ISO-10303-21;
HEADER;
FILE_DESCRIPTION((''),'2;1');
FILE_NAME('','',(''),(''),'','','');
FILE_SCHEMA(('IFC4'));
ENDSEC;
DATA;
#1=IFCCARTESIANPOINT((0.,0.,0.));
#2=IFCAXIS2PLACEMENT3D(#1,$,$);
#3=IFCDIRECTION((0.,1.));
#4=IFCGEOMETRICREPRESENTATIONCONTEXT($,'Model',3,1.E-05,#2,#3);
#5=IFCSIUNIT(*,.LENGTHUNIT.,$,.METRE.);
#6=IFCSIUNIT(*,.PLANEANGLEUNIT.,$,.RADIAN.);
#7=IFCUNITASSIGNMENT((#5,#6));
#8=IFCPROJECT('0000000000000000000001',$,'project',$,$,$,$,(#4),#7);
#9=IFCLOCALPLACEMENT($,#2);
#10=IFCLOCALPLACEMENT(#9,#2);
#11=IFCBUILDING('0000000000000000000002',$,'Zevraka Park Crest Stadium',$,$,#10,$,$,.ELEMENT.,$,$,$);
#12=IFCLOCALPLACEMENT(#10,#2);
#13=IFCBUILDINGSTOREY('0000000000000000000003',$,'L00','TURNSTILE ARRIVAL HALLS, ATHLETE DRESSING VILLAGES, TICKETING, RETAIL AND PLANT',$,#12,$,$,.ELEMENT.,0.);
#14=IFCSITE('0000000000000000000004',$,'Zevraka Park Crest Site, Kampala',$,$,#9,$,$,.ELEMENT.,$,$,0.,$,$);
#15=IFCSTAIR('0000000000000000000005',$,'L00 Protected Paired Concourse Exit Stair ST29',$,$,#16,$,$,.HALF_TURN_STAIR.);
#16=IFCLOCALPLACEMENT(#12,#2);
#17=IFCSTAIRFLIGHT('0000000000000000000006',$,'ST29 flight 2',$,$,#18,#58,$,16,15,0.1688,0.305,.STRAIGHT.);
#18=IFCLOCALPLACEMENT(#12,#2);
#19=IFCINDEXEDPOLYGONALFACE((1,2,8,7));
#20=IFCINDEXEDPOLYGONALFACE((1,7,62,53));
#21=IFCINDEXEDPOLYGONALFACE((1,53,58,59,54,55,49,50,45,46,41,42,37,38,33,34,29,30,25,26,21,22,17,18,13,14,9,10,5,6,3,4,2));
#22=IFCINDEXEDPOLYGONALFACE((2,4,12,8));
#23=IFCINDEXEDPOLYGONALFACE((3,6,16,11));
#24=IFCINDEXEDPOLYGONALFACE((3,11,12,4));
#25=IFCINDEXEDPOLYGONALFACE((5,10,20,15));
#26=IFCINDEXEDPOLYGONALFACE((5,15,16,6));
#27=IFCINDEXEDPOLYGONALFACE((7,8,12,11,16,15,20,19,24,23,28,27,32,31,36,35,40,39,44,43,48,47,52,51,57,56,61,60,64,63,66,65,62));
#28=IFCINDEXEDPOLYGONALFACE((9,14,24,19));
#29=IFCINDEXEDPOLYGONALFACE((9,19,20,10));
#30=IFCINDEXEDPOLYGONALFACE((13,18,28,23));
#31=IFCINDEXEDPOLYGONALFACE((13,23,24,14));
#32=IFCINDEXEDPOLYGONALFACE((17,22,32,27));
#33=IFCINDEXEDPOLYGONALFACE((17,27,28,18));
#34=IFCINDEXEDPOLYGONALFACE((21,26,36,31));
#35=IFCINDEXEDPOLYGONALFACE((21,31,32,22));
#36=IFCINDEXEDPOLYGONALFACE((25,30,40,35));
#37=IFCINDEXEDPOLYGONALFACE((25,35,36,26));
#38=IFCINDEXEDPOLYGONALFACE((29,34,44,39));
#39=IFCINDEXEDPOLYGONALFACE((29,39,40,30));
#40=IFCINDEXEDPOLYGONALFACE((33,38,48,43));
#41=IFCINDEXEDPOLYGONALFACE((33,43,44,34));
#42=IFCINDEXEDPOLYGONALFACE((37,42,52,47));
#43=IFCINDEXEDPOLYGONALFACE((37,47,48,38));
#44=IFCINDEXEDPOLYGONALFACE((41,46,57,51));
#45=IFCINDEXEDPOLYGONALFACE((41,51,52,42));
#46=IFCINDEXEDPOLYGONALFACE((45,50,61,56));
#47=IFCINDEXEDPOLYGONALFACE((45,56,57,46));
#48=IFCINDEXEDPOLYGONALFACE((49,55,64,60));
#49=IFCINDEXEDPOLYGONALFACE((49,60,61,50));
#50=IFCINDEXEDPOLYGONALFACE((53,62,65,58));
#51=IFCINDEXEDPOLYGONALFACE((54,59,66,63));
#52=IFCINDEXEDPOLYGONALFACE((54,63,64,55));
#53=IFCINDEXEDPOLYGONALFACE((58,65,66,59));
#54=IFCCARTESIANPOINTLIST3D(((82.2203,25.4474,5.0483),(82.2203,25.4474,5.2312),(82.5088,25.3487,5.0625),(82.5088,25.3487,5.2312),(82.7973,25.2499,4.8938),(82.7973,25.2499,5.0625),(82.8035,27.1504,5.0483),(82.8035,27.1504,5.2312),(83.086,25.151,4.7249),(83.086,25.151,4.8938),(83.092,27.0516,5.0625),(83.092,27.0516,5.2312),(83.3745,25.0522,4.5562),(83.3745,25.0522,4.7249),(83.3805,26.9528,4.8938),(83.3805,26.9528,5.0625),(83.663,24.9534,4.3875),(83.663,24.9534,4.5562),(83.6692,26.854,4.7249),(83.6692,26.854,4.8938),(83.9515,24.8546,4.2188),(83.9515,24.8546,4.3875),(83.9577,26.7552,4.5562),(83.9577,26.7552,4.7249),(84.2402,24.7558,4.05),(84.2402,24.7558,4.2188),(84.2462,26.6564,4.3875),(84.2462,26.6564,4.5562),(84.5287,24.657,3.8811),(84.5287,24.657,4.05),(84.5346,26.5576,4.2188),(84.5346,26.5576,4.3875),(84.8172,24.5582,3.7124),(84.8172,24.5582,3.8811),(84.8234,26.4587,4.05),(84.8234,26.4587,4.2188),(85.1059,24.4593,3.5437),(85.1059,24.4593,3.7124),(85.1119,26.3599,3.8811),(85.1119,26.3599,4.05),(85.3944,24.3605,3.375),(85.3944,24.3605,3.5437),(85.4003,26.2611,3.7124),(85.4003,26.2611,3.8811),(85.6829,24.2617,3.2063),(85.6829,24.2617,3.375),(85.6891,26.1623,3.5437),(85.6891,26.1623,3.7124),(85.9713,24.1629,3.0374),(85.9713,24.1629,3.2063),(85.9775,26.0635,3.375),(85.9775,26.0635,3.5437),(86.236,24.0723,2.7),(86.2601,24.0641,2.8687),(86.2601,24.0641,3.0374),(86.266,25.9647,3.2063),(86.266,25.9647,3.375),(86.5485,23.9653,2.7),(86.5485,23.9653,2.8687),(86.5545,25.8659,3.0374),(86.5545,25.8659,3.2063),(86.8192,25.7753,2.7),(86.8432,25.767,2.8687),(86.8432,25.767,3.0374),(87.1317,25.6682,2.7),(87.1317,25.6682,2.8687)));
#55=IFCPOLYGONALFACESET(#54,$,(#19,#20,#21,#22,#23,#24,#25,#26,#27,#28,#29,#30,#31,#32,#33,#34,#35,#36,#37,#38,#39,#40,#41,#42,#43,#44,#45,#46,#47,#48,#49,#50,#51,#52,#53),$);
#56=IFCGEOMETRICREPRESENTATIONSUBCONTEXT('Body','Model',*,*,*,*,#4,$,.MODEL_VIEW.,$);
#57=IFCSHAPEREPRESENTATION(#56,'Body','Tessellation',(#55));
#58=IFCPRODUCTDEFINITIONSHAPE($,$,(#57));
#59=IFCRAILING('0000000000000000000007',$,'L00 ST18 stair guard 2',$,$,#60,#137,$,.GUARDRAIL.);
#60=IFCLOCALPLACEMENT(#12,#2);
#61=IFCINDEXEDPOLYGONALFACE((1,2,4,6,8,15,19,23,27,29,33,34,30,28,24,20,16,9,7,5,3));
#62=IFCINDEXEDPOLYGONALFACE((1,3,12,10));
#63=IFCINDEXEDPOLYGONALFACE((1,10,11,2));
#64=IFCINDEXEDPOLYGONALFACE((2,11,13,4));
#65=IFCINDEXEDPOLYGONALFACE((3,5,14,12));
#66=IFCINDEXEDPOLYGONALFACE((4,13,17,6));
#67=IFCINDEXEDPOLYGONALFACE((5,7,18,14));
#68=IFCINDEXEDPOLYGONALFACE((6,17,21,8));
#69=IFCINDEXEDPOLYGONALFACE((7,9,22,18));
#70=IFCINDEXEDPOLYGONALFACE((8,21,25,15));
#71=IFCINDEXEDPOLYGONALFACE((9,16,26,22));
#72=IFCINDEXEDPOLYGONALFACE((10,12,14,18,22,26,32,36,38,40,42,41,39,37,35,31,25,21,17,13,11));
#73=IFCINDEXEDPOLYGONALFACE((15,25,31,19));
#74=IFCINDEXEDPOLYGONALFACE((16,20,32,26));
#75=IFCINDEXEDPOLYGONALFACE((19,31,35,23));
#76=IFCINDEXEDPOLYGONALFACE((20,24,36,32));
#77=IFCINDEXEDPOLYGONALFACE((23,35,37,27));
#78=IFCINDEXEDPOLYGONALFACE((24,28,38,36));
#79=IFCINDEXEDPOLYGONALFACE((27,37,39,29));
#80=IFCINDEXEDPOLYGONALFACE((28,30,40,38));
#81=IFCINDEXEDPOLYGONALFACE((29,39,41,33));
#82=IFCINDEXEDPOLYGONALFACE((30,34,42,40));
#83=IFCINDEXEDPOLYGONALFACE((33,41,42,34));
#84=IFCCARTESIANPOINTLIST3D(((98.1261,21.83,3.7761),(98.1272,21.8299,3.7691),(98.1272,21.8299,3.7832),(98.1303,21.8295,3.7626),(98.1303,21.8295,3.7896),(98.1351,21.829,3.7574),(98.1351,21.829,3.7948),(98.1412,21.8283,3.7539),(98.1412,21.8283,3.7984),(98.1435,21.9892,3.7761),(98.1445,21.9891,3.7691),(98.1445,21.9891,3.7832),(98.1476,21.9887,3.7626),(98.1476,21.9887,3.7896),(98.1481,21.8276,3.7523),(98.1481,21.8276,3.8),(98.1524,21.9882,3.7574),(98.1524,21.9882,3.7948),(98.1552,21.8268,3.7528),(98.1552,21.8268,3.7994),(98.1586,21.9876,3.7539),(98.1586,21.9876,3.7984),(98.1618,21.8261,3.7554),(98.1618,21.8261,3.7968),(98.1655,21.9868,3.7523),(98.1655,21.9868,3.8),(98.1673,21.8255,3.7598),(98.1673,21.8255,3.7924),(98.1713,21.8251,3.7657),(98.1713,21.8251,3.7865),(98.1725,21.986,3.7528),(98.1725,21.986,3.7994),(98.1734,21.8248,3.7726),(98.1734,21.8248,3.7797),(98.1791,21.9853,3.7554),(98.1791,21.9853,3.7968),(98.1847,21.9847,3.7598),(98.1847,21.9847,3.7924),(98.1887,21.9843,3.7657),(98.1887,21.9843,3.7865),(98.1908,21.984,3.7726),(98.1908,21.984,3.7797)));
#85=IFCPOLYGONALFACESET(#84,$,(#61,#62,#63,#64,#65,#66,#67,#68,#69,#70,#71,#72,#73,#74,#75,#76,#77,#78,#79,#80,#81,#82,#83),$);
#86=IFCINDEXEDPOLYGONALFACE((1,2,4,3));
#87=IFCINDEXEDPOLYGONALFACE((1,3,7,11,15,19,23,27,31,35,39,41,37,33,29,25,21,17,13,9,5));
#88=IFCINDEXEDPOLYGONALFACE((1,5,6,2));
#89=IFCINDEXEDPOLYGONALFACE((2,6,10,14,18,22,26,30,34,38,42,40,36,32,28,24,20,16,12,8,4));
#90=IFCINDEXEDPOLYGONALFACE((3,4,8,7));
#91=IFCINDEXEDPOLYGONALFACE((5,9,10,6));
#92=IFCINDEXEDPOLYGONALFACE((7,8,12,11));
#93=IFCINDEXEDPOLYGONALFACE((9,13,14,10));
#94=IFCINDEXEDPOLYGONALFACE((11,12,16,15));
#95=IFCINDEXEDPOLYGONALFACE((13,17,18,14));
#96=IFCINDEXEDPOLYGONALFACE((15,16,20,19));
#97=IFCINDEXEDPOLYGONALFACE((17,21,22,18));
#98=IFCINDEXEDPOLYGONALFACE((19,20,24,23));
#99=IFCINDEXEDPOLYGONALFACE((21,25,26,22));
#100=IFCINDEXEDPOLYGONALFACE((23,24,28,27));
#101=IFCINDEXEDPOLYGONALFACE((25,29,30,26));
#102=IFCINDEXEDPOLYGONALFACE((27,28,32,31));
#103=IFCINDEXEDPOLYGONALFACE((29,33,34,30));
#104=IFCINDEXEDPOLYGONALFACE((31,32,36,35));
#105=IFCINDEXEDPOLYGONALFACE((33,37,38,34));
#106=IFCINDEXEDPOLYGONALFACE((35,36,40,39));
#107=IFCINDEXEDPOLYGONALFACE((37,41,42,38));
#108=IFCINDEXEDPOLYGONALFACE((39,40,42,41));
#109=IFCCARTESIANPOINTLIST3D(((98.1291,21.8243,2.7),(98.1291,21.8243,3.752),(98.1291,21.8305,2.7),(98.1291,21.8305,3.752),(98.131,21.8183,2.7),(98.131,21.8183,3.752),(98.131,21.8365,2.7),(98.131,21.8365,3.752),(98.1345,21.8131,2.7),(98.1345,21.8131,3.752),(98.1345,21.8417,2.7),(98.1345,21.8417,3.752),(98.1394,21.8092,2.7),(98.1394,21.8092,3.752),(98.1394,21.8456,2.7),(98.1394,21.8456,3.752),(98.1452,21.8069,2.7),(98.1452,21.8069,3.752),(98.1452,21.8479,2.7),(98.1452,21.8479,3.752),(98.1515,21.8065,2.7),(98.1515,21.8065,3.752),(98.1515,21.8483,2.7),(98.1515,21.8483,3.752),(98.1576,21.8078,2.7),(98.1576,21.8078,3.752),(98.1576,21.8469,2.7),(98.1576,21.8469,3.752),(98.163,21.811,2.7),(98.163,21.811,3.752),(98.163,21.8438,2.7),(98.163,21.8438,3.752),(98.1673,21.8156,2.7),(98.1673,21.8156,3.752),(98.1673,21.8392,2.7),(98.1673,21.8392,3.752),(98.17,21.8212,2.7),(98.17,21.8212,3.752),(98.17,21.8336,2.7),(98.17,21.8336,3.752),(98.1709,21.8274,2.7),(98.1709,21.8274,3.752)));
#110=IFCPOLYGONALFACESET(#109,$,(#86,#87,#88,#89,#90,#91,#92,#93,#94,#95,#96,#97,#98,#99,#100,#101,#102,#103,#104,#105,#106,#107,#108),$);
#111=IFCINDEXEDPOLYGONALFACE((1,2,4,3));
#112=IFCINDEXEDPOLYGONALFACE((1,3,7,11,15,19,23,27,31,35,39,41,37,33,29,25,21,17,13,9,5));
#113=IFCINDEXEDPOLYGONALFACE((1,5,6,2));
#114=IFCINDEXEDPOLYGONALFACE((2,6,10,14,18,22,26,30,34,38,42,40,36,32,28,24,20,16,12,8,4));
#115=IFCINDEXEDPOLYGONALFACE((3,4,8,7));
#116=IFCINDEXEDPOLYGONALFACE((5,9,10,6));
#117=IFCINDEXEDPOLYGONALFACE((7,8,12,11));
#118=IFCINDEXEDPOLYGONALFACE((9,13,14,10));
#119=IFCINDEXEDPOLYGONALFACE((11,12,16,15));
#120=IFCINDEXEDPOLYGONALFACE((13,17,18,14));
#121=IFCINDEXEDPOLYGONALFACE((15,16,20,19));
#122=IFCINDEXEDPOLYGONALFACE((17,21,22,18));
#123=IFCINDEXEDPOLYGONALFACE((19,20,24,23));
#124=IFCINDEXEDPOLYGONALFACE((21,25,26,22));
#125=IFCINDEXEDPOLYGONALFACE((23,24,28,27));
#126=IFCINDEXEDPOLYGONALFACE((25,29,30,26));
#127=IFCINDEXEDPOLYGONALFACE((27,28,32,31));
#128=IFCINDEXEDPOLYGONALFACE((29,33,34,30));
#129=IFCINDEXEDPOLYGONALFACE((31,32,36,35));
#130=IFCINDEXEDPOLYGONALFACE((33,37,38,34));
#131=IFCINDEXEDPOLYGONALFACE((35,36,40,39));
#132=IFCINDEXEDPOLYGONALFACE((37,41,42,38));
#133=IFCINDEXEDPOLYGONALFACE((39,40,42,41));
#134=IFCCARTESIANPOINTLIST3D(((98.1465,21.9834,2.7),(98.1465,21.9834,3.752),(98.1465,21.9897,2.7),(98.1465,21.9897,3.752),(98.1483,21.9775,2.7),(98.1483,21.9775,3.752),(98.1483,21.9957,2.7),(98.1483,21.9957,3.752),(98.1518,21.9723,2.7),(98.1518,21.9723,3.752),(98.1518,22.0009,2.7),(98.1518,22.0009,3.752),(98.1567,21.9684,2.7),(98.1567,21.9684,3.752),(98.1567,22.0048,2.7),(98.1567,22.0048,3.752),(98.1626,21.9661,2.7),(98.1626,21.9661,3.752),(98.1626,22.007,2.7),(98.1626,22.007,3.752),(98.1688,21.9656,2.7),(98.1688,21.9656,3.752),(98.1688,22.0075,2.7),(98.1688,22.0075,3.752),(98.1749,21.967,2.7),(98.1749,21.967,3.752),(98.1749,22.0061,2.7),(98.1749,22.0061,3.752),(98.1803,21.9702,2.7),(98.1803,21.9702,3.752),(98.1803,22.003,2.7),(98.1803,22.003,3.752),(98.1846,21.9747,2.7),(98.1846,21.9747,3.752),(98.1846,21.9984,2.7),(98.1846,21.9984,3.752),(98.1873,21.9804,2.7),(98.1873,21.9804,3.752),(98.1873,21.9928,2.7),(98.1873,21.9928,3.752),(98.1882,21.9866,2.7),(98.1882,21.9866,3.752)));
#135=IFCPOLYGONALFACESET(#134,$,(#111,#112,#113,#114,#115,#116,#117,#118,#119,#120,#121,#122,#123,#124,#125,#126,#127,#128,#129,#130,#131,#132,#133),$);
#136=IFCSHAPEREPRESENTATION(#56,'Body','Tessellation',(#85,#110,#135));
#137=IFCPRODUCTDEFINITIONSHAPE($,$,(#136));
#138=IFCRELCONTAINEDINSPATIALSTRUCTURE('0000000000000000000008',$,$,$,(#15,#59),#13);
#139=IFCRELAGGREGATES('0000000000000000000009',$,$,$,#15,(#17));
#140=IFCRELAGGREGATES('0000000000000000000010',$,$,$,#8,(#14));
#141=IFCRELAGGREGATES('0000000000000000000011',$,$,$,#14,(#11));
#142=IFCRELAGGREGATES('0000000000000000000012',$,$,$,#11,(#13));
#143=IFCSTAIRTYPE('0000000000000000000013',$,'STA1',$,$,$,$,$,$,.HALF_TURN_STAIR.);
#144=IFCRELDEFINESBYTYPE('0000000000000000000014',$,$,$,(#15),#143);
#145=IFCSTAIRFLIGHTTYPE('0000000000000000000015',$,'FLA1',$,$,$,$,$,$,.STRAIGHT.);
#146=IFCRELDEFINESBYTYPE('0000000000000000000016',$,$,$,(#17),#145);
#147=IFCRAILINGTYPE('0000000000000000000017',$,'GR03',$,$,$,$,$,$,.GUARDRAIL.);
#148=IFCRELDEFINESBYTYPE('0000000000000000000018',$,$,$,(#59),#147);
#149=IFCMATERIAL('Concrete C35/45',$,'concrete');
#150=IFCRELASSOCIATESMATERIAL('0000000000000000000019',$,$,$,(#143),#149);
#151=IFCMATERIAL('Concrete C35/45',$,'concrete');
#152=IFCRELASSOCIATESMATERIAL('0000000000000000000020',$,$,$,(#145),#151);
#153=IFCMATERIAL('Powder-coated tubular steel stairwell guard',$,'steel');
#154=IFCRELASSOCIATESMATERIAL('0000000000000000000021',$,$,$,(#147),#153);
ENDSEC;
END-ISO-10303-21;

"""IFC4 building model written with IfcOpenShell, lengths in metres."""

from ifc_helpers import new_model, si_unit, direction, frame, origin, origin_2d, place, context, subcontext, project, spatial, polyline, circle, outline, extrude, material, type_object, element, aggregate, save


model = new_model("IFC4")

# Units and contexts
model_context = context("Model", 3, precision=1e-05, world=origin(), true_north=direction((0.0, 1.0)))
body_context = subcontext(model_context, "Body", "Model", "MODEL_VIEW")
ifc_project = project(units=[si_unit("LENGTHUNIT", "METRE"), si_unit("PLANEANGLEUNIT", "RADIAN")], contexts=[model_context])

# Site, building, storey
site_placement = place(None, origin())
site = spatial("IfcSite", under=ifc_project, at=site_placement, Name="Zevraka Park Crest Site, Kampala", CompositionType="ELEMENT", RefElevation=0.0)
building_placement = place(site_placement, origin())
building = spatial("IfcBuilding", under=site, at=building_placement, Name="Zevraka Park Crest Stadium", CompositionType="ELEMENT")
storey_placement = place(building_placement, origin())
storey = spatial("IfcBuildingStorey", under=building, at=storey_placement, Name="L00", Description="TURNSTILE ARRIVAL HALLS, ATHLETE DRESSING VILLAGES, TICKETING, RETAIL AND PLANT", CompositionType="ELEMENT", Elevation=0.0)

# Shared definitions
ifc_material_1 = material(Name="Concrete C35/45", Category="concrete")
stair_type = type_object("IfcStairType", Name="STA1", PredefinedType="HALF_TURN_STAIR", material=ifc_material_1)
ifc_material_2 = material(Name="Concrete C35/45", Category="concrete")
stair_flight_type = type_object("IfcStairFlightType", Name="FLA1", PredefinedType="STRAIGHT", material=ifc_material_2)

# Stair, stair flight
stair_1_placement = place(storey_placement, origin())
stair_1 = element("IfcStair", 1, at=stair_1_placement, inside=storey, type_object=stair_type, Name="L00 Protected Paired Concourse Exit Stair ST29", PredefinedType="HALF_TURN_STAIR")
stair_flight_1_placement = place(storey_placement, frame((86.8401, 24.8167, 2.7), z_axis=(0.0, 0.0, 1.0), x_axis=(-0.946066, 0.323974, 0.0)))
stair_flight_1 = element("IfcStairFlight", 2, at=stair_flight_1_placement, type_object=stair_flight_type, Name="ST29 flight 2", NumberOfRisers=16, NumberOfTreads=15, PredefinedType="STRAIGHT", RiserHeight=0.1688, TreadLength=0.305, context=body_context, shape_type="SweptSolid", body=[
    extrude(outline(polyline([(0.0, 0.0), (0.0, 0.1687), (0.3049, 0.1687), (0.3049, 0.3374), (0.6101, 0.3374), (0.6101, 0.5063), (0.915, 0.5063), (0.915, 0.675), (1.22, 0.675), (1.22, 0.8438), (1.5249, 0.8438), (1.5249, 1.0125), (1.8301, 1.0125), (1.8301, 1.1812), (2.135, 1.1812), (2.135, 1.3501), (2.4399, 1.3501), (2.4399, 1.5188), (2.7451, 1.5188), (2.7451, 1.6875), (3.05, 1.6875), (3.05, 1.8562), (3.355, 1.8562), (3.355, 2.0249), (3.6599, 2.0249), (3.6599, 2.1938), (3.9651, 2.1938), (3.9651, 2.3625), (4.27, 2.3625), (4.27, 2.5312), (4.575, 2.5312), (4.575, 2.7), (4.575, 2.3484), (0.3303, 0.0), (0.0, 0.0)])), frame((0.0, 0.8999, 0.0), z_axis=(0.0, -1.0, 0.0), x_axis=(1.0, 0.0, 0.0)), (0.0, 0.0, 1.0), 1.8),
])
aggregate(stair_1, [stair_flight_1])

# Railing
ifc_material_3 = material(Name="Powder-coated tubular steel stairwell guard", Category="steel")
railing_type_1 = type_object("IfcRailingType", Name="GR03", PredefinedType="GUARDRAIL", material=ifc_material_3)
railing_1_placement = place(storey_placement, frame((98.1499, 21.8274, 2.7)))
element("IfcRailing", 3, at=railing_1_placement, inside=storey, type_object=railing_type_1, Name="L00 ST18 stair guard 2", PredefinedType="GUARDRAIL", context=body_context, shape_type="SweptSolid", body=[
    extrude(circle(Radius=0.0239, at=origin_2d()), frame((0.0, 0.0, 1.0762), z_axis=(0.108256, 0.994123, 0.0), x_axis=(-0.994123, 0.108256, 0.0)), (0.0, 0.0, 1.0), 0.1602),
    extrude(circle(Radius=0.021, at=origin_2d()), origin(), (0.0, 0.0, 1.0), 1.052),
    extrude(circle(Radius=0.021, at=origin_2d()), frame((0.0173, 0.1592, 0.0)), (0.0, 0.0, 1.0), 1.052),
])

save(model, "model.ifc")
